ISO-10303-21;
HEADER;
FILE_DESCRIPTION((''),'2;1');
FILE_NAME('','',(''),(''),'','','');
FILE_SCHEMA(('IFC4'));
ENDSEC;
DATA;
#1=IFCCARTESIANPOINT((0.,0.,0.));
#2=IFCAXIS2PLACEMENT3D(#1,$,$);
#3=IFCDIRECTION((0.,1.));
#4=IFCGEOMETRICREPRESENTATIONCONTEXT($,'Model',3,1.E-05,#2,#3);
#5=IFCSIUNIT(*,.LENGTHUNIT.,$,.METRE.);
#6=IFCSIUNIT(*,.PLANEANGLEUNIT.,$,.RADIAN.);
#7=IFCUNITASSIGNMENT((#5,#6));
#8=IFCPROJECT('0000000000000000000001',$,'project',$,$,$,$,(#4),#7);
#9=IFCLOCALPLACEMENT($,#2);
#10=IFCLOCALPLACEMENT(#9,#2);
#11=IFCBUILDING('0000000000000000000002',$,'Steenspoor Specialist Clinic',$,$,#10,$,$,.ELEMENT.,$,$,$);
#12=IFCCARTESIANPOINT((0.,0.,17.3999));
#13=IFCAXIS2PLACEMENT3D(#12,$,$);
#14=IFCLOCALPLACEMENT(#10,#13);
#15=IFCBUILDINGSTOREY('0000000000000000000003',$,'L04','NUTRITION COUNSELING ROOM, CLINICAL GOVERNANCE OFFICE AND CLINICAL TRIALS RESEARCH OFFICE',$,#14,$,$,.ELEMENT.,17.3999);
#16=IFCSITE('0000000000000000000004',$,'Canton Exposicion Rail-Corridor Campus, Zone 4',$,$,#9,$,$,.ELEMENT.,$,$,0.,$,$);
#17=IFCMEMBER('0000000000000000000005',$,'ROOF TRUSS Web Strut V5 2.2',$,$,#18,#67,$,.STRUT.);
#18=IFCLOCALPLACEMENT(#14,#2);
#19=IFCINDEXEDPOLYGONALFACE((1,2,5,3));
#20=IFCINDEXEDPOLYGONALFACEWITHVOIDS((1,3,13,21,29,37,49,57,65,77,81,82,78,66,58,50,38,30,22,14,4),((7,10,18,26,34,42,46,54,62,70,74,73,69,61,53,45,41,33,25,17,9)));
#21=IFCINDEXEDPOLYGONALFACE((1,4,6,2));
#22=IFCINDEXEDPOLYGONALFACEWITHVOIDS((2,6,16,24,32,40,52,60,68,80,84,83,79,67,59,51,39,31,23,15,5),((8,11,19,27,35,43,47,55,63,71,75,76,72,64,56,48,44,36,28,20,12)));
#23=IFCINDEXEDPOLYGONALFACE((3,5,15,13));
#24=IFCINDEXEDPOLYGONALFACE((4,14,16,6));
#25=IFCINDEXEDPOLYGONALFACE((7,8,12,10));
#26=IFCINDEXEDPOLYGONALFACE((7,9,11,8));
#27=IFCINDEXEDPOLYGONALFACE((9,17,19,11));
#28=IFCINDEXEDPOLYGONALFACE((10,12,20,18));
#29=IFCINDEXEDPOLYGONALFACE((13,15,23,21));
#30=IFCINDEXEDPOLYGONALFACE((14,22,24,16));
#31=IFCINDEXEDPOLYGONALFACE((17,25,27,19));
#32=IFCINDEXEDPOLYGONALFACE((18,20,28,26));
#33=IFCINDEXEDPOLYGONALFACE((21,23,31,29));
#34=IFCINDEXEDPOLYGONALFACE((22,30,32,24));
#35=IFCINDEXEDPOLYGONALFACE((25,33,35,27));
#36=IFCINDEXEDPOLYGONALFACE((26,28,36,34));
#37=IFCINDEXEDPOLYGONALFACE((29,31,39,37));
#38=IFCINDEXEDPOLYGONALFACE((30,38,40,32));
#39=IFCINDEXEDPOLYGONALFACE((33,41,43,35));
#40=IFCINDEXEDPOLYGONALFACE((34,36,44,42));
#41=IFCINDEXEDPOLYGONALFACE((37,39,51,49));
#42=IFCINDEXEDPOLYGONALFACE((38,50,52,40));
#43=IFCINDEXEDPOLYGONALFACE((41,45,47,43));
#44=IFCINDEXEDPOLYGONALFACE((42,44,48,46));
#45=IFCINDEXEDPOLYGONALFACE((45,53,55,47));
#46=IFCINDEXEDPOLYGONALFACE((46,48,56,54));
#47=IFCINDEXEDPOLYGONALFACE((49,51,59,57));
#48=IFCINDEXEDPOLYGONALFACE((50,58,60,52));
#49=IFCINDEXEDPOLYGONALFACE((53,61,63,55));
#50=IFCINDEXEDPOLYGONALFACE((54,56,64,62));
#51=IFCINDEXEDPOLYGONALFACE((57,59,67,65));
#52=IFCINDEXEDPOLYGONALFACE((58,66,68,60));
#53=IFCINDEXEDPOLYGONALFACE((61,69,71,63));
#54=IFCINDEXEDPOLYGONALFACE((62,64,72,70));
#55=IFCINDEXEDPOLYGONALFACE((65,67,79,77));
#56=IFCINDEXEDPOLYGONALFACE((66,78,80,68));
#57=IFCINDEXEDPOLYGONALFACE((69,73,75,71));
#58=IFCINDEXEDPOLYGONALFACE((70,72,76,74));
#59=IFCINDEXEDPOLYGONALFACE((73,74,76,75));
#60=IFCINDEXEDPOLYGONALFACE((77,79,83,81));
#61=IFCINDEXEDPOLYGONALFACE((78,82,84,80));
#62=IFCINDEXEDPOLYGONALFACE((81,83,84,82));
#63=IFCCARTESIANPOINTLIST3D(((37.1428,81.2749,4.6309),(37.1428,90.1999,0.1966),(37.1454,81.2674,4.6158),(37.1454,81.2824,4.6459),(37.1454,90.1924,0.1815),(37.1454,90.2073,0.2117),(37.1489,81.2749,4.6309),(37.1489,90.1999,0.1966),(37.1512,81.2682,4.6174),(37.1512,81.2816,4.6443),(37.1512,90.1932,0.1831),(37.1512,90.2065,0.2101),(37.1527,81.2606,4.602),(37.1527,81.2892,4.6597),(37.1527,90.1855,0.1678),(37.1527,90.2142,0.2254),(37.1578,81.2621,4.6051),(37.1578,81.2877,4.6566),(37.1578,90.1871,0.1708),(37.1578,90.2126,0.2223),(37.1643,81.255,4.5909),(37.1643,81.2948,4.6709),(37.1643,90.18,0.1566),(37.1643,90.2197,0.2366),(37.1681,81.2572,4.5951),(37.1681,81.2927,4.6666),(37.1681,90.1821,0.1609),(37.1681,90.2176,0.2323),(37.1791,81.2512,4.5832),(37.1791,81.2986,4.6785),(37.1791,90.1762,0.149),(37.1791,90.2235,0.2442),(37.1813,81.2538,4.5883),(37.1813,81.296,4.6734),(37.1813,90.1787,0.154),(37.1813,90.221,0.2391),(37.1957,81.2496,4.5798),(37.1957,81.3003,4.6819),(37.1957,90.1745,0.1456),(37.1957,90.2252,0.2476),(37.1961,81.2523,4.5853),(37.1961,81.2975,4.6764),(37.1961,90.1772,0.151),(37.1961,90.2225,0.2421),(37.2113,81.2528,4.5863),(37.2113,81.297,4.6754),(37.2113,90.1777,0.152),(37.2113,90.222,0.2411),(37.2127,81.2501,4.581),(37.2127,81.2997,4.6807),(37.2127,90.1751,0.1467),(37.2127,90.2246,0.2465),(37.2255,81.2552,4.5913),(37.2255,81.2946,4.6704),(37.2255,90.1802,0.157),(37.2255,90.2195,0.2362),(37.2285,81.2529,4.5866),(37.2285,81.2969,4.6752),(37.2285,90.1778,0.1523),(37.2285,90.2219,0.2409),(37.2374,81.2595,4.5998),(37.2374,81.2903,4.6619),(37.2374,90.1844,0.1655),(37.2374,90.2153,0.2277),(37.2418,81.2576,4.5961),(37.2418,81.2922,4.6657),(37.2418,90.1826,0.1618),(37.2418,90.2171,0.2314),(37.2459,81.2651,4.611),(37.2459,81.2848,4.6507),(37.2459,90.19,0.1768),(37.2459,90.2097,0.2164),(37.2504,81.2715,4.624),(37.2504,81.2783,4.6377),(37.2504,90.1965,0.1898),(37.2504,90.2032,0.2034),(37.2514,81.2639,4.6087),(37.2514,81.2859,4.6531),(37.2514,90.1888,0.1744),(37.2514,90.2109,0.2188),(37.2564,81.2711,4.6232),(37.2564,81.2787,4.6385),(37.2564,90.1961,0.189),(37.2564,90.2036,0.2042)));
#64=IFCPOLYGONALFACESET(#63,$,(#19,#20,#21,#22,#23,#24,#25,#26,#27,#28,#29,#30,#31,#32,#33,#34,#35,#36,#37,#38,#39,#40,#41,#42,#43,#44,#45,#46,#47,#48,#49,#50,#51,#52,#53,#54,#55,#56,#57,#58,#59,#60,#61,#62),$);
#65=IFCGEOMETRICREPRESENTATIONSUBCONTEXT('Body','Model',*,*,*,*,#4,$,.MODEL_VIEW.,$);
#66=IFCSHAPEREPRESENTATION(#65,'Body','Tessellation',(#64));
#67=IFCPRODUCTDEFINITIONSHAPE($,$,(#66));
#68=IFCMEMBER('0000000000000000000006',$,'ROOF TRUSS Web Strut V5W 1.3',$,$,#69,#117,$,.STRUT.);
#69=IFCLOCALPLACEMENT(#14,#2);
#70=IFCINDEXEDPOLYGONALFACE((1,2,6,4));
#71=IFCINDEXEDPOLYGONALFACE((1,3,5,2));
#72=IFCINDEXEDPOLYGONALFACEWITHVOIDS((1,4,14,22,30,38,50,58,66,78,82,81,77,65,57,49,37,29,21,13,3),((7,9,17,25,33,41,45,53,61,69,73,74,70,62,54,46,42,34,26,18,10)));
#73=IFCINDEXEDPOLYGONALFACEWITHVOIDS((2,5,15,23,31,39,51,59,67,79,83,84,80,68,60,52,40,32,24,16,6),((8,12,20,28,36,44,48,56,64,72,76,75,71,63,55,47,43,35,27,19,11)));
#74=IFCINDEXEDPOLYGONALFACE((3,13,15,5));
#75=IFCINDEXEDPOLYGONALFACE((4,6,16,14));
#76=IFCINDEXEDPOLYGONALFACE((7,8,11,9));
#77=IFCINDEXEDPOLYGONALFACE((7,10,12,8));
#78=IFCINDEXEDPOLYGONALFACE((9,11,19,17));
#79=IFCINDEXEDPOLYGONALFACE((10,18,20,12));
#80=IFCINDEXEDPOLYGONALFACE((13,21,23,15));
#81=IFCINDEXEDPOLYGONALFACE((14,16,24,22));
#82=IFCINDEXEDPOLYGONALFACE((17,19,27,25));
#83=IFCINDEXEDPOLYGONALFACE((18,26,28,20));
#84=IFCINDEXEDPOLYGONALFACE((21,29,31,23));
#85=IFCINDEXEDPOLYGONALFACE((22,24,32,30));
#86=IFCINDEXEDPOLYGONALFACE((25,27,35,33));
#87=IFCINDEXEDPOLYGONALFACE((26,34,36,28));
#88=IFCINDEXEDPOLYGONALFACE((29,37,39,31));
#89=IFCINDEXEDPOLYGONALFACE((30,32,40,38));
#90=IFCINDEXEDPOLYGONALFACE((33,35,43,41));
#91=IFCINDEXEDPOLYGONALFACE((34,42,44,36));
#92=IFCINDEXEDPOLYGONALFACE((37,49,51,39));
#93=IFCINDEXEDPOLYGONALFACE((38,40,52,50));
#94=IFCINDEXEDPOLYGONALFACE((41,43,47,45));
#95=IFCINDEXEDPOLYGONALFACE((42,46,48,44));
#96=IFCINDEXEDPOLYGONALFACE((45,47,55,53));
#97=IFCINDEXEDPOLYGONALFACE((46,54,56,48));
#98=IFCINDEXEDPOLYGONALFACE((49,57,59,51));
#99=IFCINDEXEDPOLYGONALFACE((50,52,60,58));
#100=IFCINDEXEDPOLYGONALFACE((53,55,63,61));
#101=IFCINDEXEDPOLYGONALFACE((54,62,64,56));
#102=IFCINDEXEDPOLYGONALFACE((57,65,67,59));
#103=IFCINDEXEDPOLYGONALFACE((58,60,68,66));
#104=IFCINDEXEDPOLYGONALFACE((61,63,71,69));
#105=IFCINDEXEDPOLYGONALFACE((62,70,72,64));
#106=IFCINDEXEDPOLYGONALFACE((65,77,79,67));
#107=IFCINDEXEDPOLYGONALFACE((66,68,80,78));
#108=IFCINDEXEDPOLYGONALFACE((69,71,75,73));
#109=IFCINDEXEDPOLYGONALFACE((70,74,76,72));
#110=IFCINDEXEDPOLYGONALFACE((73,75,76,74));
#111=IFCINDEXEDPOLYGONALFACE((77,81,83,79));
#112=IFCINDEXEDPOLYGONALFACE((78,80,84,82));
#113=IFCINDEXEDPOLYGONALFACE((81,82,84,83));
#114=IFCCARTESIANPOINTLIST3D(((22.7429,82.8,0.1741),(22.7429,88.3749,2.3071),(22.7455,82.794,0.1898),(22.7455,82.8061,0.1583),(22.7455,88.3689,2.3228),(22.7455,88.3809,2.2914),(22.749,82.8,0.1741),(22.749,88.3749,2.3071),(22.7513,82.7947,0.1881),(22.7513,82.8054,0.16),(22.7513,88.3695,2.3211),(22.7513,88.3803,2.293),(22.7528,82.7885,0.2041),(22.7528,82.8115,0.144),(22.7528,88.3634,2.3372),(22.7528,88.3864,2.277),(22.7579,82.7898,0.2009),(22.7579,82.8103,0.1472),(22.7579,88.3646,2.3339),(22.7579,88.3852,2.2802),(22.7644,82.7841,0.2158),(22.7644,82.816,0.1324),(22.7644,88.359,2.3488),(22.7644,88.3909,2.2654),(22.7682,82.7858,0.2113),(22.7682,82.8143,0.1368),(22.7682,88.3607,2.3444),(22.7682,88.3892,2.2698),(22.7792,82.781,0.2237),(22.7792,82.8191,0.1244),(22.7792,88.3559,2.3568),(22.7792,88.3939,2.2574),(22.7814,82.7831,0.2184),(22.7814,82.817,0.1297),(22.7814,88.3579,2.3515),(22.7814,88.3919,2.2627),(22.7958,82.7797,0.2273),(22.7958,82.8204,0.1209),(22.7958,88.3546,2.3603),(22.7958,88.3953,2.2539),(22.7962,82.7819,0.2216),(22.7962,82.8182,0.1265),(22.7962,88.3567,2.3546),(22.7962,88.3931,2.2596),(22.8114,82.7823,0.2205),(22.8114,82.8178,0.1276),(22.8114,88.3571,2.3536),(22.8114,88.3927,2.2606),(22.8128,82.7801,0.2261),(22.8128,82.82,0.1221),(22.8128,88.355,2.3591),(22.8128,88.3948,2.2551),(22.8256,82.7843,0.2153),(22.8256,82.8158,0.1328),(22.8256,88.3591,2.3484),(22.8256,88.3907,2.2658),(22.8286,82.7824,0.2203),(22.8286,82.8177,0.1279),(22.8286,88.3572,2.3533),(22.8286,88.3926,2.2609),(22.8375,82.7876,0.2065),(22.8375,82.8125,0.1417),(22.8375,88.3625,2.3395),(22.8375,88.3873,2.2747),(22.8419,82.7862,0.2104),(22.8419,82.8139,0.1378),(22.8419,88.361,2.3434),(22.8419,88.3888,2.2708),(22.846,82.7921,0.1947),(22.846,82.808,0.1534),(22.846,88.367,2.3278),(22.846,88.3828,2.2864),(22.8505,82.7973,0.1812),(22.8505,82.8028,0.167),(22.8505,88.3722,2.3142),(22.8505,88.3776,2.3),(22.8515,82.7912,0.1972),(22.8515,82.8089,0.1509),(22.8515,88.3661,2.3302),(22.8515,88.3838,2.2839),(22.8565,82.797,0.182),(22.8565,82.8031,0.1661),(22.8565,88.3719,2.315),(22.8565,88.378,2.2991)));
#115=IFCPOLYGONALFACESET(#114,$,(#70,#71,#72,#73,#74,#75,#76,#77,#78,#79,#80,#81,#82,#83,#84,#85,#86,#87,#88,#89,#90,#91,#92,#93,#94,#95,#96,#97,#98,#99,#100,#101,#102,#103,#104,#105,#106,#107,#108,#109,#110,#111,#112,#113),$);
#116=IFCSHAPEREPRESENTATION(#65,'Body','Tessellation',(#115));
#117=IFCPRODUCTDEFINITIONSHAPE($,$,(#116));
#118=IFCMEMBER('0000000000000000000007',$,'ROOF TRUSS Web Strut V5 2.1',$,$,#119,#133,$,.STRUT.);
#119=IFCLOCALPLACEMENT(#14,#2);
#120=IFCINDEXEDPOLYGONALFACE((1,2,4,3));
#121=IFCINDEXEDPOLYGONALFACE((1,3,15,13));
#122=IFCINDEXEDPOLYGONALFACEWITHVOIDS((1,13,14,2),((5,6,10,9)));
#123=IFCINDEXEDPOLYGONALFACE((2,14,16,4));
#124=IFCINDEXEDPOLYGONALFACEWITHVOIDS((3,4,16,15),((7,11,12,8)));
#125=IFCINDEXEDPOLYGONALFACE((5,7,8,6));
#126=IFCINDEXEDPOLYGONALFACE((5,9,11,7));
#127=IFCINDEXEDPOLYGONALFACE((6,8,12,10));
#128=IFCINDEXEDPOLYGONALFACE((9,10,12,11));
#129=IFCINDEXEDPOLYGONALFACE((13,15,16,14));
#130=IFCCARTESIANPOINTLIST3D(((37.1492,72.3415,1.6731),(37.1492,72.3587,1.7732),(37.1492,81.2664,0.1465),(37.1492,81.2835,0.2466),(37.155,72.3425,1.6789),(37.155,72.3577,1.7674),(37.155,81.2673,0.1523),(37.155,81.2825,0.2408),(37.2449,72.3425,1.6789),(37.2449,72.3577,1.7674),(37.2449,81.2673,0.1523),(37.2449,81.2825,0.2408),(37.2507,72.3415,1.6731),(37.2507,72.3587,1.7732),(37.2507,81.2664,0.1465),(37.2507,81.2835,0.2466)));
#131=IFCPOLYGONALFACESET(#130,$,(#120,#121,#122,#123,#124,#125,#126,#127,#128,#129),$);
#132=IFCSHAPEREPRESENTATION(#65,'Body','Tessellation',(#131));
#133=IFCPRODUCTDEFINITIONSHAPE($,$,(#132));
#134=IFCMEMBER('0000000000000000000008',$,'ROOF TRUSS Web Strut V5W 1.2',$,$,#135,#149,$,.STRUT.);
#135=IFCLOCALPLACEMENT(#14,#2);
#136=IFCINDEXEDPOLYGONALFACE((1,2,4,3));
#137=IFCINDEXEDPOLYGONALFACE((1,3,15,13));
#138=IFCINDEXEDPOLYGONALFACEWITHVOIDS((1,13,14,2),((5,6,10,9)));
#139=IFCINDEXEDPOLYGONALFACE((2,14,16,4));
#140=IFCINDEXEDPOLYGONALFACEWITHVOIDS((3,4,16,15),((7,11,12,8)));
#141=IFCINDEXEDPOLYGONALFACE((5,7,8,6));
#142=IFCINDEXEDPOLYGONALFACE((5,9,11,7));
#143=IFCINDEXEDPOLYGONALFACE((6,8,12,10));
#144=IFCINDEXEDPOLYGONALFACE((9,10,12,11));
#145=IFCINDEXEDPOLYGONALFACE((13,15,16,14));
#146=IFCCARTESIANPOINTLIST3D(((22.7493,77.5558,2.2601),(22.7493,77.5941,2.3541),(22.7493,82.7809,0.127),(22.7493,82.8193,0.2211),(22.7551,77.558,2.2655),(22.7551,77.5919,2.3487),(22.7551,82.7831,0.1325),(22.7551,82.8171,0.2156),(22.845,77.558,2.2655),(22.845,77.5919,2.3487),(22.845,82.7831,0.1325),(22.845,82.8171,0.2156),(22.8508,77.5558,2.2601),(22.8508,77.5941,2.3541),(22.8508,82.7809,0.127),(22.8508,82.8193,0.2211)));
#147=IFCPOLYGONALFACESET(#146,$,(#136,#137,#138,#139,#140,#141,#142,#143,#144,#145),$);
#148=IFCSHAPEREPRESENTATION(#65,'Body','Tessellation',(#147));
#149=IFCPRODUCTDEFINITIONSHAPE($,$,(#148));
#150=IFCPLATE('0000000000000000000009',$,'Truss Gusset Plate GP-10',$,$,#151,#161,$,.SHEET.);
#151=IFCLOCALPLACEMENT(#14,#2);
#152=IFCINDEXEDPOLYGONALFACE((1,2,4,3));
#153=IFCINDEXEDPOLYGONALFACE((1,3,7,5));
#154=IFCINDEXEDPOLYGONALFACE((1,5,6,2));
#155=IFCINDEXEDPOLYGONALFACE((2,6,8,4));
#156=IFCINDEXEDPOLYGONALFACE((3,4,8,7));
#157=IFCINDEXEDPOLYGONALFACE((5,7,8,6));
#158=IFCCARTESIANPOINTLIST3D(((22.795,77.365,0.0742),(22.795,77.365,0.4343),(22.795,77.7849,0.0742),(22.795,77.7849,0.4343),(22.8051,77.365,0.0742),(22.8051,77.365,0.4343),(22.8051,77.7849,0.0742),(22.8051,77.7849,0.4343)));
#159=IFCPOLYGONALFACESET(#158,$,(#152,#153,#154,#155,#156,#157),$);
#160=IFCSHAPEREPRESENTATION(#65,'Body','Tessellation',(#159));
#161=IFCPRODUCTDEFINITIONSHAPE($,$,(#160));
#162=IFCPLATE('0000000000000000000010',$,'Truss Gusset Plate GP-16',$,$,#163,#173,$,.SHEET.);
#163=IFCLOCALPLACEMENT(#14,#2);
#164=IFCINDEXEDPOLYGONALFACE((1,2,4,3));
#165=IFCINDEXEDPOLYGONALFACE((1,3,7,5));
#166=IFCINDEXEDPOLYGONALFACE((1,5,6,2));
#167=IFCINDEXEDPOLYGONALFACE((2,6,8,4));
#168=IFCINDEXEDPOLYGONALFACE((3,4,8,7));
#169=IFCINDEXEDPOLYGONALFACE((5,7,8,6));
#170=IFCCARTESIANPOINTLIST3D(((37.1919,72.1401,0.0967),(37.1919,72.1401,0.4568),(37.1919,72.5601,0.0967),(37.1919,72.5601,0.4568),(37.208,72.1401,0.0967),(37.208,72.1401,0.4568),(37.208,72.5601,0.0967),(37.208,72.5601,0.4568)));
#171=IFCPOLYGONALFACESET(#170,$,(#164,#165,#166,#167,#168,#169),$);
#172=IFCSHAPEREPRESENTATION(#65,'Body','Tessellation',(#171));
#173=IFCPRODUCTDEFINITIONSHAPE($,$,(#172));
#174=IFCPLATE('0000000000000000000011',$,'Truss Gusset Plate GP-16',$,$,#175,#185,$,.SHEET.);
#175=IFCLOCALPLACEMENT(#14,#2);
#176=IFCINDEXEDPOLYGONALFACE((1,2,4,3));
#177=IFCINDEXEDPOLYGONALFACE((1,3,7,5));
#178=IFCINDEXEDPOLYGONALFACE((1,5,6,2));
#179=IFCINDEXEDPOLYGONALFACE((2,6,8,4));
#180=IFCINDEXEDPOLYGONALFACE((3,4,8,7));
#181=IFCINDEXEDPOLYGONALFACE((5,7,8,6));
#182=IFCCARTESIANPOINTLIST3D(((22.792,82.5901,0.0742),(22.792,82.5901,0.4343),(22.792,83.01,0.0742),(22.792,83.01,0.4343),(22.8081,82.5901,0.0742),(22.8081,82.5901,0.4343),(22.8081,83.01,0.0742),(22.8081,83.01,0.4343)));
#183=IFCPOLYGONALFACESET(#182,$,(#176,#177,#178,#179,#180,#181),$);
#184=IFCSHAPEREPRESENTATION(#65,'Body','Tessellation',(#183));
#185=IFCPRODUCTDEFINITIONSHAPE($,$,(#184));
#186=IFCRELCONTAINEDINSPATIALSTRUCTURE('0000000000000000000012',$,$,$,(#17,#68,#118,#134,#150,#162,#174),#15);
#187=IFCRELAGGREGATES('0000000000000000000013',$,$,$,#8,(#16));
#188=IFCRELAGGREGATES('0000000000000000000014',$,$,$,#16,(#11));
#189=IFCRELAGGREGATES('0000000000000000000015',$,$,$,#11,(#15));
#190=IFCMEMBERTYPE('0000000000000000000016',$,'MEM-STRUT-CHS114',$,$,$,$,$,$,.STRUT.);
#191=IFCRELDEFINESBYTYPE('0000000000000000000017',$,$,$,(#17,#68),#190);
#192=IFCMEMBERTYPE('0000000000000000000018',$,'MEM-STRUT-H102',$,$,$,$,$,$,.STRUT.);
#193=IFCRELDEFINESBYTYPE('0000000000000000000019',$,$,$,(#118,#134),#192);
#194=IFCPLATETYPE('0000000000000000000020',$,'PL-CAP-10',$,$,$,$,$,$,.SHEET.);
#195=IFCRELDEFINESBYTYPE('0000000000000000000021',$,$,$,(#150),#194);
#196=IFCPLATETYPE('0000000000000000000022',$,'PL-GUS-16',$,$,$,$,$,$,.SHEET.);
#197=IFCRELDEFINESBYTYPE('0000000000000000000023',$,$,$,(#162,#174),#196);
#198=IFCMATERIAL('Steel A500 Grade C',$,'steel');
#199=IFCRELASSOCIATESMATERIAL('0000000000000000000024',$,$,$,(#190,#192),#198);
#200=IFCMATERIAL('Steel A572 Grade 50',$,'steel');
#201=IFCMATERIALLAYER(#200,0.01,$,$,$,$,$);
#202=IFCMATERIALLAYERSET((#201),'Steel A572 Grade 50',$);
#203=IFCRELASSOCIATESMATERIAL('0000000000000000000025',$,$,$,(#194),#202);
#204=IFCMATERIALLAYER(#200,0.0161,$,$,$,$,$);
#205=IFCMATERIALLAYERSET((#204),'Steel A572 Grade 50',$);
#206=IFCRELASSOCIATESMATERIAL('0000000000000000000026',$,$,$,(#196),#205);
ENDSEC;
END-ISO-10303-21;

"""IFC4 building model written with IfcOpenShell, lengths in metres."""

from ifc_helpers import new_model, si_unit, direction, frame, origin, origin_2d, place, context, subcontext, project, spatial, rectangle, hollow_rectangle, hollow_circle, extrude, material, layer, layer_set, material_profile, profile_set, type_object, element, save


model = new_model("IFC4")

# Units and contexts
model_context = context("Model", 3, precision=1e-05, world=origin(), true_north=direction((0.0, 1.0)))
body_context = subcontext(model_context, "Body", "Model", "MODEL_VIEW")
ifc_project = project(units=[si_unit("LENGTHUNIT", "METRE"), si_unit("PLANEANGLEUNIT", "RADIAN")], contexts=[model_context])

# Site, building, storey
site_placement = place(None, origin())
site = spatial("IfcSite", under=ifc_project, at=site_placement, Name="Canton Exposicion Rail-Corridor Campus, Zone 4", CompositionType="ELEMENT", RefElevation=0.0)
building_placement = place(site_placement, origin())
building = spatial("IfcBuilding", under=site, at=building_placement, Name="Steenspoor Specialist Clinic", CompositionType="ELEMENT")
storey_placement = place(building_placement, frame((0.0, 0.0, 17.3999)))
storey = spatial("IfcBuildingStorey", under=building, at=storey_placement, Name="L04", Description="NUTRITION COUNSELING ROOM, CLINICAL GOVERNANCE OFFICE AND CLINICAL TRIALS RESEARCH OFFICE", CompositionType="ELEMENT", Elevation=17.3999)

# Members
ifc_material_1 = material(Name="Steel A500 Grade C", Category="steel")
ifc_material_profile_1 = material_profile(ifc_material_1, hollow_circle(Radius=0.0571, WallThickness=0.0061, at=origin_2d()), Name="CHS114X6.0")
ifc_profile_set_1 = profile_set([ifc_material_profile_1], Name="Steel A500 Grade C")
member_type_1 = type_object("IfcMemberType", Name="MEM-STRUT-CHS114", PredefinedType="STRUT", material=ifc_profile_set_1)
member_1_placement = place(storey_placement, frame((37.2, 81.2749, 4.6309), z_axis=(0.0, 0.895556, -0.444949), x_axis=(-1.0, 0.0, 0.0)))
element("IfcMember", 1, at=member_1_placement, inside=storey, type_object=member_type_1, Name="ROOF TRUSS Web Strut V5 2.2", PredefinedType="STRUT", context=body_context, shape_type="SweptSolid", body=[
    extrude(hollow_circle(Radius=0.0571, WallThickness=0.0061, at=origin_2d()), origin(), (0.0, 0.0, 1.0), 9.9658),
])
member_2_placement = place(storey_placement, frame((22.8, 82.8, 0.1741), z_axis=(0.0, 0.93397, 0.357351), x_axis=(-1.0, 0.0, 0.0)))
element("IfcMember", 2, at=member_2_placement, inside=storey, type_object=member_type_1, Name="ROOF TRUSS Web Strut V5W 1.3", PredefinedType="STRUT", context=body_context, shape_type="SweptSolid", body=[
    extrude(hollow_circle(Radius=0.0571, WallThickness=0.0061, at=origin_2d()), origin(), (0.0, 0.0, 1.0), 5.969),
])
ifc_material_profile_2 = material_profile(ifc_material_1, hollow_rectangle(XDim=0.1016, YDim=0.1016, WallThickness=0.0059, at=origin_2d()), Name="HSS102X102X6.4")
ifc_profile_set_2 = profile_set([ifc_material_profile_2], Name="Steel A500 Grade C")
member_type_2 = type_object("IfcMemberType", Name="MEM-STRUT-H102", PredefinedType="STRUT", material=ifc_profile_set_2)
member_3_placement = place(storey_placement, frame((37.2, 72.3501, 1.7231), z_axis=(0.0, 0.985684, -0.168604), x_axis=(-1.0, 0.0, 0.0)))
element("IfcMember", 3, at=member_3_placement, inside=storey, type_object=member_type_2, Name="ROOF TRUSS Web Strut V5 2.1", PredefinedType="STRUT", context=body_context, shape_type="SweptSolid", body=[
    extrude(hollow_rectangle(XDim=0.1016, YDim=0.1016, WallThickness=0.0059, at=origin_2d()), origin(), (0.0, 0.0, 1.0), 9.0544),
])
member_4_placement = place(storey_placement, frame((22.8, 77.575, 2.3071), z_axis=(0.0, 0.925825, -0.377952), x_axis=(-1.0, 0.0, 0.0)))
element("IfcMember", 4, at=member_4_placement, inside=storey, type_object=member_type_2, Name="ROOF TRUSS Web Strut V5W 1.2", PredefinedType="STRUT", context=body_context, shape_type="SweptSolid", body=[
    extrude(hollow_rectangle(XDim=0.1016, YDim=0.1016, WallThickness=0.0059, at=origin_2d()), origin(), (0.0, 0.0, 1.0), 5.6438),
])

# Plates
ifc_material_2 = material(Name="Steel A572 Grade 50", Category="steel")
ifc_layer_1 = layer(ifc_material_2, 0.01)
ifc_layer_set_1 = layer_set([ifc_layer_1], Name="Steel A572 Grade 50")
plate_type_1 = type_object("IfcPlateType", Name="PL-CAP-10", PredefinedType="SHEET", material=ifc_layer_set_1)
plate_1_placement = place(storey_placement, frame((22.8, 77.575, 0.0742), z_axis=(0.0, 0.0, 1.0), x_axis=(1.0, 0.0, 0.0)))
element("IfcPlate", 5, at=plate_1_placement, inside=storey, type_object=plate_type_1, Name="Truss Gusset Plate GP-10", PredefinedType="SHEET", context=body_context, shape_type="SweptSolid", body=[
    extrude(rectangle(XDim=0.01, YDim=0.4199, at=origin_2d()), origin(), (0.0, 0.0, 1.0), 0.3601),
])
ifc_layer_2 = layer(ifc_material_2, 0.0161)
ifc_layer_set_2 = layer_set([ifc_layer_2], Name="Steel A572 Grade 50")
plate_type_2 = type_object("IfcPlateType", Name="PL-GUS-16", PredefinedType="SHEET", material=ifc_layer_set_2)
for number, where, z_axis, x_axis, name in (
    (6, (37.2, 72.3501, 0.0967), (0.0, 0.0, 1.0), (1.0, 0.0, 0.0), "Truss Gusset Plate GP-16"),
    (7, (22.8, 82.8, 0.0742), (0.0, 0.0, 1.0), (1.0, 0.0, 0.0), "Truss Gusset Plate GP-16"),
):
    element("IfcPlate", number, at=place(storey_placement, frame(where, z_axis=z_axis, x_axis=x_axis)), inside=storey, type_object=plate_type_2, Name=name, PredefinedType="SHEET", context=body_context, shape_type="SweptSolid", body=[
        extrude(rectangle(XDim=0.0161, YDim=0.4199, at=origin_2d()), origin(), (0.0, 0.0, 1.0), 0.3601),
    ])

save(model, "model.ifc")
